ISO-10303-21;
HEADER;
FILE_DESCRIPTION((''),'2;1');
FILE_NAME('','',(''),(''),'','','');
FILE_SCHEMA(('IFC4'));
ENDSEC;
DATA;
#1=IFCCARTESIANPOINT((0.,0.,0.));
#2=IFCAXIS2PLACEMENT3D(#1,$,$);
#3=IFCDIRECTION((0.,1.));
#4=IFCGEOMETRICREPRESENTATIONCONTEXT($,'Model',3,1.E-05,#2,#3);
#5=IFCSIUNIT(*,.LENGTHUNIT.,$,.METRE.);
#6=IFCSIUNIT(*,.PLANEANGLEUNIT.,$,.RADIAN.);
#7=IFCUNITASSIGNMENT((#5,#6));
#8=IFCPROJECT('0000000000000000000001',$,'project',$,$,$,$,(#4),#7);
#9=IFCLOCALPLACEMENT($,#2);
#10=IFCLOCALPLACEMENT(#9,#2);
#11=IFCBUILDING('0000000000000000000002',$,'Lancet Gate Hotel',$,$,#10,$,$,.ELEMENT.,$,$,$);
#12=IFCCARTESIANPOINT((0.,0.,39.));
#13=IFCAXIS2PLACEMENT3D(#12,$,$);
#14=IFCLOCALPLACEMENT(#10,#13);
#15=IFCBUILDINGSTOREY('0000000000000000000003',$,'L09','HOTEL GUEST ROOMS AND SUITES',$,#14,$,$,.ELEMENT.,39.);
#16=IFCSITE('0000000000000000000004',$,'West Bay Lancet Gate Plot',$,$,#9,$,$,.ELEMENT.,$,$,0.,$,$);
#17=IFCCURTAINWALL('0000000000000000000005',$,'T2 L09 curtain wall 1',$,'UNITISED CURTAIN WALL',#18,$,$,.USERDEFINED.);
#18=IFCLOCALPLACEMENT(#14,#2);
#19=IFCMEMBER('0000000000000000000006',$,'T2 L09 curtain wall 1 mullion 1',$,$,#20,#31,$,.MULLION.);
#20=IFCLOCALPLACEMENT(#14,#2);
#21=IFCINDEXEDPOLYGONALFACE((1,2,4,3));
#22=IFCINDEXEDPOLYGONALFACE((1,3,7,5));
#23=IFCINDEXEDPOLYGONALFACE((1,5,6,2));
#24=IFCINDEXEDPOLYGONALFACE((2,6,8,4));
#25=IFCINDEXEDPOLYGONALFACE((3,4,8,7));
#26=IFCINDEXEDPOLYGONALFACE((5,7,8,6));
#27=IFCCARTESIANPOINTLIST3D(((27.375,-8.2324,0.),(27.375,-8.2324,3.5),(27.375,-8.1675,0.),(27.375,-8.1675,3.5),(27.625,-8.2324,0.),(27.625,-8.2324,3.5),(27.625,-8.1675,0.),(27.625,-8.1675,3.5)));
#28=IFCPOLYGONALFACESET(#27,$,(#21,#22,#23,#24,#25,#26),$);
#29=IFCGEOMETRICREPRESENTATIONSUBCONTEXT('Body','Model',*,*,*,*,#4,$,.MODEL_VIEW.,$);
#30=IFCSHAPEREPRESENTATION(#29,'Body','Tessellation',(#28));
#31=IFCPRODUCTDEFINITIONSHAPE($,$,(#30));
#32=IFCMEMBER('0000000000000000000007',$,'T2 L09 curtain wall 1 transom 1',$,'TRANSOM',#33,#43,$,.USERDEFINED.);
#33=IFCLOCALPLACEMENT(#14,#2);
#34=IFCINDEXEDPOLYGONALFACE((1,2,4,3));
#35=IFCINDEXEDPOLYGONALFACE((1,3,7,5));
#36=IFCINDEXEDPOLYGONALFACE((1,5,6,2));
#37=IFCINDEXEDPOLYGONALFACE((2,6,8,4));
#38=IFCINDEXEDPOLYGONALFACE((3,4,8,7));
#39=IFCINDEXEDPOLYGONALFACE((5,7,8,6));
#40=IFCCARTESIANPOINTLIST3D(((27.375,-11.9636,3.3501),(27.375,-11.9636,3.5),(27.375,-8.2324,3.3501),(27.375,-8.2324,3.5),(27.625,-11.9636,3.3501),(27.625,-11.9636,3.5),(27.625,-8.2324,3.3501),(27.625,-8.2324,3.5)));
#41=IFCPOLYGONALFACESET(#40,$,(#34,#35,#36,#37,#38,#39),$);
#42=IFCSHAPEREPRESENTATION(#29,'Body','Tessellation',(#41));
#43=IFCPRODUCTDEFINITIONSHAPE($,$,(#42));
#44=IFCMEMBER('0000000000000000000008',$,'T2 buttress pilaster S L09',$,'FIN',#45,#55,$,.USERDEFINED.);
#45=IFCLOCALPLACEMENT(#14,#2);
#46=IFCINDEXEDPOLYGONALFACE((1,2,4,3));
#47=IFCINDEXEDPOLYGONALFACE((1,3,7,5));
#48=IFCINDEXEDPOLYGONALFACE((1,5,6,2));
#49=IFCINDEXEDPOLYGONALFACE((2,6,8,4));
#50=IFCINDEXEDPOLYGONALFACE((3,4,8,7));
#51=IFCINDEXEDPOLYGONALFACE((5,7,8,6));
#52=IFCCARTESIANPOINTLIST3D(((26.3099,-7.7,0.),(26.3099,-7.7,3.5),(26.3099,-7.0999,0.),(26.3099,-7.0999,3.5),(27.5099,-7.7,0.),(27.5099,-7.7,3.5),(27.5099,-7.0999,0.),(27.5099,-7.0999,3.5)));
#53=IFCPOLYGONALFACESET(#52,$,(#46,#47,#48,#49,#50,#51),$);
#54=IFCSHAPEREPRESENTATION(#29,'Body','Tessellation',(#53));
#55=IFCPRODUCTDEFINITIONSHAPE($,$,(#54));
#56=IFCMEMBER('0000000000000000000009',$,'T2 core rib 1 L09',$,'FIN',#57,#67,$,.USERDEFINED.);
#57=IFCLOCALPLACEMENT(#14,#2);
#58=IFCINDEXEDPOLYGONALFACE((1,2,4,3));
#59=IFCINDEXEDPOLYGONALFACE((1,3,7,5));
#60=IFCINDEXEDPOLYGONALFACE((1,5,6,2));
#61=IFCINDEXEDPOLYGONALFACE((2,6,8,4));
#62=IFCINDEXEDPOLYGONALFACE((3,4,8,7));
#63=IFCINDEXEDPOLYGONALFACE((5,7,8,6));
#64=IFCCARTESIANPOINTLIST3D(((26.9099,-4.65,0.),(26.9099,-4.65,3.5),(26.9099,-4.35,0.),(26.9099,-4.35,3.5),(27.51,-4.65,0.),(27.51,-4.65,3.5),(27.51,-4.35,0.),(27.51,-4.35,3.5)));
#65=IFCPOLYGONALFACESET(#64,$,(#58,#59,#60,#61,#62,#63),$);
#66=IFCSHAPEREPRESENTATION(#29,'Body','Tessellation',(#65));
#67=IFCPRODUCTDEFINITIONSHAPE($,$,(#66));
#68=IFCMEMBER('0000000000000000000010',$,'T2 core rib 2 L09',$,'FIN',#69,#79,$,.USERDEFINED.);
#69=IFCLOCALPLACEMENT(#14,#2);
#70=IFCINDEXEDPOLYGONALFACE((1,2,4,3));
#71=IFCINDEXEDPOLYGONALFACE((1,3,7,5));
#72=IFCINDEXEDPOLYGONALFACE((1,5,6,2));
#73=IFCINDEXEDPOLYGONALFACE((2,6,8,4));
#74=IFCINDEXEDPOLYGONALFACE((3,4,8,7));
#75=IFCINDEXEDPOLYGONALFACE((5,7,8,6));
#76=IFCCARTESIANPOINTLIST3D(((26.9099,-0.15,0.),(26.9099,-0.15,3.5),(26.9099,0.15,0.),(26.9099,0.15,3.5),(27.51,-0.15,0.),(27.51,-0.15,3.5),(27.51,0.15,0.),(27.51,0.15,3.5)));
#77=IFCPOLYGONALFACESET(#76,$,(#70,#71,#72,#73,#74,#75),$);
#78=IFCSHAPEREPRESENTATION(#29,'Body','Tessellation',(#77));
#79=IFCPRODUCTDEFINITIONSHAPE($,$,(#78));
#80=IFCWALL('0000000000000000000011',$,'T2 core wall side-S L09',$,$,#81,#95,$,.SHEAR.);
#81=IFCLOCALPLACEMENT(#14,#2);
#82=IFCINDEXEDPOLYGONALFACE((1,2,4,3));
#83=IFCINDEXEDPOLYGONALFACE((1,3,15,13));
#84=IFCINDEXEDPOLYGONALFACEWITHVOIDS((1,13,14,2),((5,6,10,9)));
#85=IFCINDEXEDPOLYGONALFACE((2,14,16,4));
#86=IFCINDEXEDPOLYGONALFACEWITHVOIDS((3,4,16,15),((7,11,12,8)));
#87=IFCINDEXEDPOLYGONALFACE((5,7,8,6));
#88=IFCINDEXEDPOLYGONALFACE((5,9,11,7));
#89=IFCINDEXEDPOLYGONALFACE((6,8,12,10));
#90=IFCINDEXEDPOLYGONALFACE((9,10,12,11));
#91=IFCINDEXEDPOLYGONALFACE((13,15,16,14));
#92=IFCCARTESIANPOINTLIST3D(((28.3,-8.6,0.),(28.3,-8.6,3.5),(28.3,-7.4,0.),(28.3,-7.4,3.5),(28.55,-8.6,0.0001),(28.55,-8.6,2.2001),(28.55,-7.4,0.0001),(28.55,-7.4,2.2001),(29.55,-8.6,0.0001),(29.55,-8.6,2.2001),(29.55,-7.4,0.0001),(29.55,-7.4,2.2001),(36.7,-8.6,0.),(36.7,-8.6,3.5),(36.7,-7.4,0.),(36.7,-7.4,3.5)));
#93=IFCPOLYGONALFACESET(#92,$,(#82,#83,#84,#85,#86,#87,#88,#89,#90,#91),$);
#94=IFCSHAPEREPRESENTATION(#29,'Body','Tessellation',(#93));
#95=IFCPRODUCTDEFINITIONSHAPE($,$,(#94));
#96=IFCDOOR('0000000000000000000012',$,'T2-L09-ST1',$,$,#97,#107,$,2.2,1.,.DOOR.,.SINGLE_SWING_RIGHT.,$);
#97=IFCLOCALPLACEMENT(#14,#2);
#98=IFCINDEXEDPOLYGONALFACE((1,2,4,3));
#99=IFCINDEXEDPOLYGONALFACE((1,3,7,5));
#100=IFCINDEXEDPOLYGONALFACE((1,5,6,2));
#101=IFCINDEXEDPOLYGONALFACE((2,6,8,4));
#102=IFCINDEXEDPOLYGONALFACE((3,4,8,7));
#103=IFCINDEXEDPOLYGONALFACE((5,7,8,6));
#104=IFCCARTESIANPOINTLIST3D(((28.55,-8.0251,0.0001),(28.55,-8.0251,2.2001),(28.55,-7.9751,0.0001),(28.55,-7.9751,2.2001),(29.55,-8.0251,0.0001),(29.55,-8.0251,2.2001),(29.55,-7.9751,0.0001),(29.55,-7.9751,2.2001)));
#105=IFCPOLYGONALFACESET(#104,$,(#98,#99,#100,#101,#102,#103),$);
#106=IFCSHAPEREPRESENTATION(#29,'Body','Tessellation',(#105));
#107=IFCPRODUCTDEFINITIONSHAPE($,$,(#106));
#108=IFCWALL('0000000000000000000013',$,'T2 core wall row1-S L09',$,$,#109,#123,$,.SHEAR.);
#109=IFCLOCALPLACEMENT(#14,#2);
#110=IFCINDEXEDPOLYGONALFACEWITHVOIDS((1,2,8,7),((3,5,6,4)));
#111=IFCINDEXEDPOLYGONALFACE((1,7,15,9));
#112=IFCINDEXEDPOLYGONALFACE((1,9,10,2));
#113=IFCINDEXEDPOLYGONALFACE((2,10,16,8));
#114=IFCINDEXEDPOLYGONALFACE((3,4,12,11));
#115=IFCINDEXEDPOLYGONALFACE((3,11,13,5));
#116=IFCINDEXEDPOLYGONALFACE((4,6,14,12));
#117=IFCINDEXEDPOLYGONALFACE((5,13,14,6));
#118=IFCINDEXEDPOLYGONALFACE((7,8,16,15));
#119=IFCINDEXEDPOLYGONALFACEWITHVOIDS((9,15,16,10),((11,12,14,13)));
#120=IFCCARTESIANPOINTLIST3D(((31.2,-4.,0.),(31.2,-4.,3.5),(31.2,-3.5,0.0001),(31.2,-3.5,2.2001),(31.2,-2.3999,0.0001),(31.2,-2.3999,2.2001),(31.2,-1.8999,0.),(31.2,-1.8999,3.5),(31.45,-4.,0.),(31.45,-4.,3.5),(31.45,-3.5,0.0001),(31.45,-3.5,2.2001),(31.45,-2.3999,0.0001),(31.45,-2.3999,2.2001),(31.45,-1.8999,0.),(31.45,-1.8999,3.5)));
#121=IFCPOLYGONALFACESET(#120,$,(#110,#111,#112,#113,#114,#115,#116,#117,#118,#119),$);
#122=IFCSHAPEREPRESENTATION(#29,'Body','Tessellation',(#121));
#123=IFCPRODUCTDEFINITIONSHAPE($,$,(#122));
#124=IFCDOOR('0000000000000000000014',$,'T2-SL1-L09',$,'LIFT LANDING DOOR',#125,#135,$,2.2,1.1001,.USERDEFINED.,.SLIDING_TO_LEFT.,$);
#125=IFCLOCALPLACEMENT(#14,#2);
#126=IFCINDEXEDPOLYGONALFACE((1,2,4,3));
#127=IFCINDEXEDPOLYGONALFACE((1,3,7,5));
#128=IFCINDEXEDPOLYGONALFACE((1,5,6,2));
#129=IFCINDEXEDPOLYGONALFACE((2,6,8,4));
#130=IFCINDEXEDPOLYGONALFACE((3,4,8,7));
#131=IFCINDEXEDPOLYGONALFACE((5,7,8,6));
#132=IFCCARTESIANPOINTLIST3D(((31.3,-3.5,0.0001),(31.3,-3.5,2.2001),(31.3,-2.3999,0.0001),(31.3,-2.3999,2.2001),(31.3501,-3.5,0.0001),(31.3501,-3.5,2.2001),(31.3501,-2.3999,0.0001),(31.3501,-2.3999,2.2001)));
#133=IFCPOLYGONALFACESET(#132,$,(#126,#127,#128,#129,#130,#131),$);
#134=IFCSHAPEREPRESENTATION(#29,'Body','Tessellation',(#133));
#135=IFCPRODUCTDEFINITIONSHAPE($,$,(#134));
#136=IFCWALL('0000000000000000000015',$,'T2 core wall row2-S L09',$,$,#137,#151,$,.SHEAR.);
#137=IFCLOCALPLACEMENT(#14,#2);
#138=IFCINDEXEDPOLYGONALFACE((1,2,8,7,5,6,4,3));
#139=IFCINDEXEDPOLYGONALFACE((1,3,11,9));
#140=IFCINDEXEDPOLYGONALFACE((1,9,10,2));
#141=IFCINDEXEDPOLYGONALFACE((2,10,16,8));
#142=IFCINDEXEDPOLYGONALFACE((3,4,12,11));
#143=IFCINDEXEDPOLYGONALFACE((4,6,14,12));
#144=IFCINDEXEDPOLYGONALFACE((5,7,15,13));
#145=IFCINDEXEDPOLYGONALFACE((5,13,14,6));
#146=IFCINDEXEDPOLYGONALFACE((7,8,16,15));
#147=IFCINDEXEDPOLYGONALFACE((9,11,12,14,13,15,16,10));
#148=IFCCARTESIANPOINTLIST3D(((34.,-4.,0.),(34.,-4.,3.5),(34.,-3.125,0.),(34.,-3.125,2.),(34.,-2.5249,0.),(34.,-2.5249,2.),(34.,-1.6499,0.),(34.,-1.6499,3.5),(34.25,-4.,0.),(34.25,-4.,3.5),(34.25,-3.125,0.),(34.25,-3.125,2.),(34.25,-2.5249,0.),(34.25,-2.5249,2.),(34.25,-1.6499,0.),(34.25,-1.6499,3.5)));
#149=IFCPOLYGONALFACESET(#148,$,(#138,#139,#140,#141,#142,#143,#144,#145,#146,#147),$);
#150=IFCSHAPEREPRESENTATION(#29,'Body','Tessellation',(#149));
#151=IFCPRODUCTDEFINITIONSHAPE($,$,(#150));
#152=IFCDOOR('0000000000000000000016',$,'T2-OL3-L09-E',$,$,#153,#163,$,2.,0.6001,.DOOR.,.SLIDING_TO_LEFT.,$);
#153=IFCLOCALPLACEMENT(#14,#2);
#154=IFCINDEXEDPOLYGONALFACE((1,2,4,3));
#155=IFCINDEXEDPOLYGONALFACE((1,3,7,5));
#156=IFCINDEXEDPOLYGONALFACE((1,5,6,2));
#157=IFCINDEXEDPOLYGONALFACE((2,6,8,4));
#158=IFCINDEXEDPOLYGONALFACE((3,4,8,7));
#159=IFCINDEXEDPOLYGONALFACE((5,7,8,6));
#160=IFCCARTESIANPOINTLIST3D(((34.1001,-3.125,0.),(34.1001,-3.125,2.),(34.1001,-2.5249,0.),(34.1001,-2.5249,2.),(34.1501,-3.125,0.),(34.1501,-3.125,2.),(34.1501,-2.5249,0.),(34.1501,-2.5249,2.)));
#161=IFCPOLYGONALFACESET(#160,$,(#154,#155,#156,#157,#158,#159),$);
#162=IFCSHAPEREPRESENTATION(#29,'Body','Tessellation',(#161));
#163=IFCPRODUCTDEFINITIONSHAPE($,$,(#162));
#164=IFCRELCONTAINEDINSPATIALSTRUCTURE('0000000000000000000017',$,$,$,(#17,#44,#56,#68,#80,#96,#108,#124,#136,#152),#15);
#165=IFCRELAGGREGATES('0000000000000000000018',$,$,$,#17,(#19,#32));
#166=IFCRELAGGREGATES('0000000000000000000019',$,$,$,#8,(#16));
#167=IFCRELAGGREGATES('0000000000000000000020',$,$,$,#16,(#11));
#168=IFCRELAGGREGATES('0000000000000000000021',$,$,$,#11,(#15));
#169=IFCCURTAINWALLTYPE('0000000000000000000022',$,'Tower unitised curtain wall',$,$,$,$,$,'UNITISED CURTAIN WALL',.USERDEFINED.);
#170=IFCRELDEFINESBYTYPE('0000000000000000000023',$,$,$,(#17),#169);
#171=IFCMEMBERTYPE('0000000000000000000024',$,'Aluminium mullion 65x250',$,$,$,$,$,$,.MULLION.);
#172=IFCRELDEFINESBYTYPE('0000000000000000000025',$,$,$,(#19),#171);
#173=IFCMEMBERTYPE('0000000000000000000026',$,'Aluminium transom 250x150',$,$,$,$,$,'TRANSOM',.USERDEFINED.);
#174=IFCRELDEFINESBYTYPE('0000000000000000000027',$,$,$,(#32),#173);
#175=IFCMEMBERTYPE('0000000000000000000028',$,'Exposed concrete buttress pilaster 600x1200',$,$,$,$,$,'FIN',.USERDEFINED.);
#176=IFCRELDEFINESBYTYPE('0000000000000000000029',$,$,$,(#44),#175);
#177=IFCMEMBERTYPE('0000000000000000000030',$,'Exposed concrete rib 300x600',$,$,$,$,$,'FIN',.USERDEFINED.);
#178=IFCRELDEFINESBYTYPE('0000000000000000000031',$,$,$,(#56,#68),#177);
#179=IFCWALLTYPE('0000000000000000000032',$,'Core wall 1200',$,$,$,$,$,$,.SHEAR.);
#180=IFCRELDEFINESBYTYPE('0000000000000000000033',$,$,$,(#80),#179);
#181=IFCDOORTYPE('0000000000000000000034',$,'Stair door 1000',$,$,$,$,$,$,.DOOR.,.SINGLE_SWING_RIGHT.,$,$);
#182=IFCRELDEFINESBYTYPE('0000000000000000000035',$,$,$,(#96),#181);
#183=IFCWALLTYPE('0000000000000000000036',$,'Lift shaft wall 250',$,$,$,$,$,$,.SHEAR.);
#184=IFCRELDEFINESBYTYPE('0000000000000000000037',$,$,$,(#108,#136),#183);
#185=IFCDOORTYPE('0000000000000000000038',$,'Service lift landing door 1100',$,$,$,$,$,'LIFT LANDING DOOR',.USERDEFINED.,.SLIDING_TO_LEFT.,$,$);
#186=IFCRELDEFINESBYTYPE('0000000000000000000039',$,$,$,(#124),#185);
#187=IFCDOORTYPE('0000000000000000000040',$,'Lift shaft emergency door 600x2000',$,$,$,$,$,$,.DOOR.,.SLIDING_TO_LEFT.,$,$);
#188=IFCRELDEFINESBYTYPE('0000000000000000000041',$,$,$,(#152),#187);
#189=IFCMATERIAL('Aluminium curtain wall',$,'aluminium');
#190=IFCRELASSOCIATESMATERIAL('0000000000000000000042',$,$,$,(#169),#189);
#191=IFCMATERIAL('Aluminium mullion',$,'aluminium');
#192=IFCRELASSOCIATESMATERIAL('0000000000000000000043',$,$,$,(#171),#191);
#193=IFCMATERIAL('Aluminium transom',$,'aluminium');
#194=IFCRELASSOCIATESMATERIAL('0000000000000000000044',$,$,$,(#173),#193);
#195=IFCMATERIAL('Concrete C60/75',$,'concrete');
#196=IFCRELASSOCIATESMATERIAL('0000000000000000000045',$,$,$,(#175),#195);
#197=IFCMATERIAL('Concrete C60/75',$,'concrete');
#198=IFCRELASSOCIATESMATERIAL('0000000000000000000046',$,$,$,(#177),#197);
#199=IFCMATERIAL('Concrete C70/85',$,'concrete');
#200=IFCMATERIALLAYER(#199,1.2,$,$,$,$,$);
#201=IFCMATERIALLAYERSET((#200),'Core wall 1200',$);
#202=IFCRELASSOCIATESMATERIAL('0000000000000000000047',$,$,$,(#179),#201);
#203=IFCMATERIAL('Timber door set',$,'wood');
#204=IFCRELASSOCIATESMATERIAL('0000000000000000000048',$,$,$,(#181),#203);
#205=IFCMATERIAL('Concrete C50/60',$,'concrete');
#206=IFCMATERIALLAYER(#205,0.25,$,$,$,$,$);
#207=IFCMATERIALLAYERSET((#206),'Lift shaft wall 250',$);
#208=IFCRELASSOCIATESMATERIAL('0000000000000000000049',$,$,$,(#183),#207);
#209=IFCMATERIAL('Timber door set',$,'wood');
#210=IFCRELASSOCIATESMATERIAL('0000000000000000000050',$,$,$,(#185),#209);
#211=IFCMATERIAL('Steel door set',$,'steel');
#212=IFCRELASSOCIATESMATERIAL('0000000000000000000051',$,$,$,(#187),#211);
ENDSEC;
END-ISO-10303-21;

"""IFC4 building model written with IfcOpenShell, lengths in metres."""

from ifc_helpers import new_model, si_unit, direction, frame, frame_2d, origin, origin_2d, place, context, subcontext, project, spatial, rectangle, extrude, material, layer, layer_set, material_profile, profile_set, type_object, element, fill, aggregate, save


model = new_model("IFC4")

# Units and contexts
model_context = context("Model", 3, precision=1e-05, world=origin(), true_north=direction((0.0, 1.0)))
body_context = subcontext(model_context, "Body", "Model", "MODEL_VIEW")
ifc_project = project(units=[si_unit("LENGTHUNIT", "METRE"), si_unit("PLANEANGLEUNIT", "RADIAN")], contexts=[model_context])

# Site, building, storey
site_placement = place(None, origin())
site = spatial("IfcSite", under=ifc_project, at=site_placement, Name="West Bay Lancet Gate Plot", CompositionType="ELEMENT", RefElevation=0.0)
building_placement = place(site_placement, origin())
building = spatial("IfcBuilding", under=site, at=building_placement, Name="Lancet Gate Hotel", CompositionType="ELEMENT")
storey_placement = place(building_placement, frame((0.0, 0.0, 39.0)))
storey = spatial("IfcBuildingStorey", under=building, at=storey_placement, Name="L09", Description="HOTEL GUEST ROOMS AND SUITES", CompositionType="ELEMENT", Elevation=39.0)

# Curtain wall, members
ifc_material_1 = material(Name="Aluminium curtain wall", Category="aluminium")
curtain_wall_type = type_object("IfcCurtainWallType", Name="Tower unitised curtain wall", ElementType="UNITISED CURTAIN WALL", PredefinedType="USERDEFINED", material=ifc_material_1)
curtain_wall_placement = place(storey_placement, origin())
curtain_wall = element("IfcCurtainWall", 1, at=curtain_wall_placement, inside=storey, type_object=curtain_wall_type, Name="T2 L09 curtain wall 1", ObjectType="UNITISED CURTAIN WALL", PredefinedType="USERDEFINED")
ifc_material_2 = material(Name="Aluminium mullion", Category="aluminium")
ifc_material_profile_1 = material_profile(ifc_material_2, rectangle(XDim=0.0649, YDim=0.25, at=origin_2d()), Name="MULLION 65x250")
ifc_profile_set_1 = profile_set([ifc_material_profile_1], Name="Aluminium mullion")
member_type_1 = type_object("IfcMemberType", Name="Aluminium mullion 65x250", PredefinedType="MULLION", material=ifc_profile_set_1)
member_1_placement = place(storey_placement, frame((27.5, -8.2, 0.0), z_axis=(0.0, 0.0, 1.0), x_axis=(0.0, -1.0, 0.0)))
member_1 = element("IfcMember", 2, at=member_1_placement, type_object=member_type_1, Name="T2 L09 curtain wall 1 mullion 1", PredefinedType="MULLION", context=body_context, shape_type="SweptSolid", body=[
    extrude(rectangle(XDim=0.0649, YDim=0.25, at=origin_2d()), origin(), (0.0, 0.0, 1.0), 3.5),
])
ifc_material_3 = material(Name="Aluminium transom", Category="aluminium")
ifc_material_profile_2 = material_profile(ifc_material_3, rectangle(XDim=0.25, YDim=0.1499, at=origin_2d()), Name="TRANSOM 250x150")
ifc_profile_set_2 = profile_set([ifc_material_profile_2], Name="Aluminium transom")
member_type_2 = type_object("IfcMemberType", Name="Aluminium transom 250x150", ElementType="TRANSOM", PredefinedType="USERDEFINED", material=ifc_profile_set_2)
member_2_placement = place(storey_placement, frame((27.5, -8.2324, 3.425), z_axis=(0.0, -1.0, 0.0), x_axis=(1.0, 0.0, 0.0)))
member_2 = element("IfcMember", 3, at=member_2_placement, type_object=member_type_2, Name="T2 L09 curtain wall 1 transom 1", ObjectType="TRANSOM", PredefinedType="USERDEFINED", context=body_context, shape_type="SweptSolid", body=[
    extrude(rectangle(XDim=0.25, YDim=0.1499, at=origin_2d()), origin(), (0.0, 0.0, 1.0), 3.7312),
])
aggregate(curtain_wall, [member_1, member_2])

# Members
ifc_material_4 = material(Name="Concrete C60/75", Category="concrete")
ifc_material_profile_3 = material_profile(ifc_material_4, rectangle(XDim=0.6001, YDim=1.2, at=origin_2d()), Name="FIN 600x1200")
ifc_profile_set_3 = profile_set([ifc_material_profile_3], Name="Concrete C60/75")
member_type_3 = type_object("IfcMemberType", Name="Exposed concrete buttress pilaster 600x1200", ElementType="FIN", PredefinedType="USERDEFINED", material=ifc_profile_set_3)
member_3_placement = place(storey_placement, frame((26.9099, -7.3999, 0.0), z_axis=(0.0, 0.0, 1.0), x_axis=(0.0, 1.0, 0.0)))
element("IfcMember", 4, at=member_3_placement, inside=storey, type_object=member_type_3, Name="T2 buttress pilaster S L09", ObjectType="FIN", PredefinedType="USERDEFINED", context=body_context, shape_type="SweptSolid", body=[
    extrude(rectangle(XDim=0.6001, YDim=1.2, at=origin_2d()), origin(), (0.0, 0.0, 1.0), 3.5),
])
ifc_material_5 = material(Name="Concrete C60/75", Category="concrete")
ifc_material_profile_4 = material_profile(ifc_material_5, rectangle(XDim=0.3, YDim=0.6001, at=origin_2d()), Name="FIN 300x600")
ifc_profile_set_4 = profile_set([ifc_material_profile_4], Name="Concrete C60/75")
member_type_4 = type_object("IfcMemberType", Name="Exposed concrete rib 300x600", ElementType="FIN", PredefinedType="USERDEFINED", material=ifc_profile_set_4)
for number, where, z_axis, x_axis, name in (
    (5, (27.21, -4.5, 0.0), (0.0, 0.0, 1.0), (0.0, 1.0, 0.0), "T2 core rib 1 L09"),
    (6, (27.21, 0.0, 0.0), (0.0, 0.0, 1.0), (0.0, 1.0, 0.0), "T2 core rib 2 L09"),
):
    element("IfcMember", number, at=place(storey_placement, frame(where, z_axis=z_axis, x_axis=x_axis)), inside=storey, type_object=member_type_4, Name=name, ObjectType="FIN", PredefinedType="USERDEFINED", context=body_context, shape_type="SweptSolid", body=[
        extrude(rectangle(XDim=0.3, YDim=0.6001, at=origin_2d()), origin(), (0.0, 0.0, 1.0), 3.5),
    ])

# Walls, openings, doors
ifc_material_6 = material(Name="Concrete C70/85", Category="concrete")
ifc_layer_1 = layer(ifc_material_6, 1.2)
ifc_layer_set_1 = layer_set([ifc_layer_1], Name="Core wall 1200")
wall_type_1 = type_object("IfcWallType", Name="Core wall 1200", PredefinedType="SHEAR", material=ifc_layer_set_1)
wall_1_placement = place(storey_placement, frame((28.3, -8.0, 0.0), z_axis=(0.0, 0.0, 1.0), x_axis=(1.0, 0.0, 0.0)))
wall_1 = element("IfcWall", 7, at=wall_1_placement, inside=storey, type_object=wall_type_1, Name="T2 core wall side-S L09", PredefinedType="SHEAR", context=body_context, shape_type="SweptSolid", body=[
    extrude(rectangle(XDim=8.3999, YDim=1.2, at=frame_2d((4.2, 0.0))), origin(), (0.0, 0.0, 1.0), 3.5),
])
opening_1_placement = place(wall_1_placement, frame((0.25, 0.0, 0.0)))
opening_1 = element("IfcOpeningElement", 8, at=opening_1_placement, cuts=wall_1, PredefinedType="OPENING", context=body_context, shape_type="SweptSolid", body=[
    extrude(rectangle(XDim=1.0, YDim=2.2, at=frame_2d((0.5, 1.1001))), frame((0.0, 0.6099, 0.0), z_axis=(0.0, -1.0, 0.0), x_axis=(1.0, 0.0, 0.0)), (0.0, 0.0, 1.0), 1.22),
])
ifc_material_7 = material(Name="Timber door set", Category="wood")
door_type_1 = type_object("IfcDoorType", Name="Stair door 1000", OperationType="SINGLE_SWING_RIGHT", PredefinedType="DOOR", material=ifc_material_7)
door_1_placement = place(opening_1_placement, origin())
door_1 = element("IfcDoor", 9, at=door_1_placement, inside=storey, type_object=door_type_1, Name="T2-L09-ST1", OperationType="SINGLE_SWING_RIGHT", OverallHeight=2.2, OverallWidth=1.0, PredefinedType="DOOR", context=body_context, shape_type="SweptSolid", body=[
    extrude(rectangle(XDim=1.0, YDim=2.2, at=frame_2d((0.5, 1.1001))), frame((0.0, 0.0249, 0.0), z_axis=(0.0, -1.0, 0.0), x_axis=(1.0, 0.0, 0.0)), (0.0, 0.0, 1.0), 0.05),
])
fill(opening_1, door_1)
ifc_material_8 = material(Name="Concrete C50/60", Category="concrete")
ifc_layer_2 = layer(ifc_material_8, 0.25)
ifc_layer_set_2 = layer_set([ifc_layer_2], Name="Lift shaft wall 250")
wall_type_2 = type_object("IfcWallType", Name="Lift shaft wall 250", PredefinedType="SHEAR", material=ifc_layer_set_2)
wall_2_placement = place(storey_placement, frame((31.325, -4.0, 0.0), z_axis=(0.0, 0.0, 1.0), x_axis=(0.0, 1.0, 0.0)))
wall_2 = element("IfcWall", 10, at=wall_2_placement, inside=storey, type_object=wall_type_2, Name="T2 core wall row1-S L09", PredefinedType="SHEAR", context=body_context, shape_type="SweptSolid", body=[
    extrude(rectangle(XDim=2.1001, YDim=0.25, at=frame_2d((1.05, 0.0))), origin(), (0.0, 0.0, 1.0), 3.5),
])
opening_2_placement = place(wall_2_placement, frame((0.5, 0.0, 0.0)))
opening_2 = element("IfcOpeningElement", 11, at=opening_2_placement, cuts=wall_2, PredefinedType="OPENING", context=body_context, shape_type="SweptSolid", body=[
    extrude(rectangle(XDim=1.1001, YDim=2.2, at=frame_2d((0.55, 1.1001))), frame((0.0, 0.135, 0.0), z_axis=(0.0, -1.0, 0.0), x_axis=(1.0, 0.0, 0.0)), (0.0, 0.0, 1.0), 0.27),
])
ifc_material_9 = material(Name="Timber door set", Category="wood")
door_type_2 = type_object("IfcDoorType", Name="Service lift landing door 1100", ElementType="LIFT LANDING DOOR", OperationType="SLIDING_TO_LEFT", PredefinedType="USERDEFINED", material=ifc_material_9)
door_2_placement = place(opening_2_placement, origin())
door_2 = element("IfcDoor", 12, at=door_2_placement, inside=storey, type_object=door_type_2, Name="T2-SL1-L09", ObjectType="LIFT LANDING DOOR", OperationType="SLIDING_TO_LEFT", OverallHeight=2.2, OverallWidth=1.1001, PredefinedType="USERDEFINED", context=body_context, shape_type="SweptSolid", body=[
    extrude(rectangle(XDim=1.1001, YDim=2.2, at=frame_2d((0.55, 1.1001))), frame((0.0, 0.0249, 0.0), z_axis=(0.0, -1.0, 0.0), x_axis=(1.0, 0.0, 0.0)), (0.0, 0.0, 1.0), 0.05),
])
fill(opening_2, door_2)
wall_3_placement = place(storey_placement, frame((34.125, -4.0, 0.0), z_axis=(0.0, 0.0, 1.0), x_axis=(0.0, 1.0, 0.0)))
wall_3 = element("IfcWall", 13, at=wall_3_placement, inside=storey, type_object=wall_type_2, Name="T2 core wall row2-S L09", PredefinedType="SHEAR", context=body_context, shape_type="SweptSolid", body=[
    extrude(rectangle(XDim=2.3501, YDim=0.25, at=frame_2d((1.175, 0.0))), origin(), (0.0, 0.0, 1.0), 3.5),
])
opening_3_placement = place(wall_3_placement, frame((0.875, 0.0, 0.0)))
opening_3 = element("IfcOpeningElement", 14, at=opening_3_placement, cuts=wall_3, PredefinedType="OPENING", context=body_context, shape_type="SweptSolid", body=[
    extrude(rectangle(XDim=0.6001, YDim=2.0, at=frame_2d((0.3, 1.0))), frame((0.0, 0.135, 0.0), z_axis=(0.0, -1.0, 0.0), x_axis=(1.0, 0.0, 0.0)), (0.0, 0.0, 1.0), 0.27),
])
ifc_material_10 = material(Name="Steel door set", Category="steel")
door_type_3 = type_object("IfcDoorType", Name="Lift shaft emergency door 600x2000", OperationType="SLIDING_TO_LEFT", PredefinedType="DOOR", material=ifc_material_10)
door_3_placement = place(opening_3_placement, origin())
door_3 = element("IfcDoor", 15, at=door_3_placement, inside=storey, type_object=door_type_3, Name="T2-OL3-L09-E", OperationType="SLIDING_TO_LEFT", OverallHeight=2.0, OverallWidth=0.6001, PredefinedType="DOOR", context=body_context, shape_type="SweptSolid", body=[
    extrude(rectangle(XDim=0.6001, YDim=2.0, at=frame_2d((0.3, 1.0))), frame((0.0, 0.0249, 0.0), z_axis=(0.0, -1.0, 0.0), x_axis=(1.0, 0.0, 0.0)), (0.0, 0.0, 1.0), 0.05),
])
fill(opening_3, door_3)

save(model, "model.ifc")
